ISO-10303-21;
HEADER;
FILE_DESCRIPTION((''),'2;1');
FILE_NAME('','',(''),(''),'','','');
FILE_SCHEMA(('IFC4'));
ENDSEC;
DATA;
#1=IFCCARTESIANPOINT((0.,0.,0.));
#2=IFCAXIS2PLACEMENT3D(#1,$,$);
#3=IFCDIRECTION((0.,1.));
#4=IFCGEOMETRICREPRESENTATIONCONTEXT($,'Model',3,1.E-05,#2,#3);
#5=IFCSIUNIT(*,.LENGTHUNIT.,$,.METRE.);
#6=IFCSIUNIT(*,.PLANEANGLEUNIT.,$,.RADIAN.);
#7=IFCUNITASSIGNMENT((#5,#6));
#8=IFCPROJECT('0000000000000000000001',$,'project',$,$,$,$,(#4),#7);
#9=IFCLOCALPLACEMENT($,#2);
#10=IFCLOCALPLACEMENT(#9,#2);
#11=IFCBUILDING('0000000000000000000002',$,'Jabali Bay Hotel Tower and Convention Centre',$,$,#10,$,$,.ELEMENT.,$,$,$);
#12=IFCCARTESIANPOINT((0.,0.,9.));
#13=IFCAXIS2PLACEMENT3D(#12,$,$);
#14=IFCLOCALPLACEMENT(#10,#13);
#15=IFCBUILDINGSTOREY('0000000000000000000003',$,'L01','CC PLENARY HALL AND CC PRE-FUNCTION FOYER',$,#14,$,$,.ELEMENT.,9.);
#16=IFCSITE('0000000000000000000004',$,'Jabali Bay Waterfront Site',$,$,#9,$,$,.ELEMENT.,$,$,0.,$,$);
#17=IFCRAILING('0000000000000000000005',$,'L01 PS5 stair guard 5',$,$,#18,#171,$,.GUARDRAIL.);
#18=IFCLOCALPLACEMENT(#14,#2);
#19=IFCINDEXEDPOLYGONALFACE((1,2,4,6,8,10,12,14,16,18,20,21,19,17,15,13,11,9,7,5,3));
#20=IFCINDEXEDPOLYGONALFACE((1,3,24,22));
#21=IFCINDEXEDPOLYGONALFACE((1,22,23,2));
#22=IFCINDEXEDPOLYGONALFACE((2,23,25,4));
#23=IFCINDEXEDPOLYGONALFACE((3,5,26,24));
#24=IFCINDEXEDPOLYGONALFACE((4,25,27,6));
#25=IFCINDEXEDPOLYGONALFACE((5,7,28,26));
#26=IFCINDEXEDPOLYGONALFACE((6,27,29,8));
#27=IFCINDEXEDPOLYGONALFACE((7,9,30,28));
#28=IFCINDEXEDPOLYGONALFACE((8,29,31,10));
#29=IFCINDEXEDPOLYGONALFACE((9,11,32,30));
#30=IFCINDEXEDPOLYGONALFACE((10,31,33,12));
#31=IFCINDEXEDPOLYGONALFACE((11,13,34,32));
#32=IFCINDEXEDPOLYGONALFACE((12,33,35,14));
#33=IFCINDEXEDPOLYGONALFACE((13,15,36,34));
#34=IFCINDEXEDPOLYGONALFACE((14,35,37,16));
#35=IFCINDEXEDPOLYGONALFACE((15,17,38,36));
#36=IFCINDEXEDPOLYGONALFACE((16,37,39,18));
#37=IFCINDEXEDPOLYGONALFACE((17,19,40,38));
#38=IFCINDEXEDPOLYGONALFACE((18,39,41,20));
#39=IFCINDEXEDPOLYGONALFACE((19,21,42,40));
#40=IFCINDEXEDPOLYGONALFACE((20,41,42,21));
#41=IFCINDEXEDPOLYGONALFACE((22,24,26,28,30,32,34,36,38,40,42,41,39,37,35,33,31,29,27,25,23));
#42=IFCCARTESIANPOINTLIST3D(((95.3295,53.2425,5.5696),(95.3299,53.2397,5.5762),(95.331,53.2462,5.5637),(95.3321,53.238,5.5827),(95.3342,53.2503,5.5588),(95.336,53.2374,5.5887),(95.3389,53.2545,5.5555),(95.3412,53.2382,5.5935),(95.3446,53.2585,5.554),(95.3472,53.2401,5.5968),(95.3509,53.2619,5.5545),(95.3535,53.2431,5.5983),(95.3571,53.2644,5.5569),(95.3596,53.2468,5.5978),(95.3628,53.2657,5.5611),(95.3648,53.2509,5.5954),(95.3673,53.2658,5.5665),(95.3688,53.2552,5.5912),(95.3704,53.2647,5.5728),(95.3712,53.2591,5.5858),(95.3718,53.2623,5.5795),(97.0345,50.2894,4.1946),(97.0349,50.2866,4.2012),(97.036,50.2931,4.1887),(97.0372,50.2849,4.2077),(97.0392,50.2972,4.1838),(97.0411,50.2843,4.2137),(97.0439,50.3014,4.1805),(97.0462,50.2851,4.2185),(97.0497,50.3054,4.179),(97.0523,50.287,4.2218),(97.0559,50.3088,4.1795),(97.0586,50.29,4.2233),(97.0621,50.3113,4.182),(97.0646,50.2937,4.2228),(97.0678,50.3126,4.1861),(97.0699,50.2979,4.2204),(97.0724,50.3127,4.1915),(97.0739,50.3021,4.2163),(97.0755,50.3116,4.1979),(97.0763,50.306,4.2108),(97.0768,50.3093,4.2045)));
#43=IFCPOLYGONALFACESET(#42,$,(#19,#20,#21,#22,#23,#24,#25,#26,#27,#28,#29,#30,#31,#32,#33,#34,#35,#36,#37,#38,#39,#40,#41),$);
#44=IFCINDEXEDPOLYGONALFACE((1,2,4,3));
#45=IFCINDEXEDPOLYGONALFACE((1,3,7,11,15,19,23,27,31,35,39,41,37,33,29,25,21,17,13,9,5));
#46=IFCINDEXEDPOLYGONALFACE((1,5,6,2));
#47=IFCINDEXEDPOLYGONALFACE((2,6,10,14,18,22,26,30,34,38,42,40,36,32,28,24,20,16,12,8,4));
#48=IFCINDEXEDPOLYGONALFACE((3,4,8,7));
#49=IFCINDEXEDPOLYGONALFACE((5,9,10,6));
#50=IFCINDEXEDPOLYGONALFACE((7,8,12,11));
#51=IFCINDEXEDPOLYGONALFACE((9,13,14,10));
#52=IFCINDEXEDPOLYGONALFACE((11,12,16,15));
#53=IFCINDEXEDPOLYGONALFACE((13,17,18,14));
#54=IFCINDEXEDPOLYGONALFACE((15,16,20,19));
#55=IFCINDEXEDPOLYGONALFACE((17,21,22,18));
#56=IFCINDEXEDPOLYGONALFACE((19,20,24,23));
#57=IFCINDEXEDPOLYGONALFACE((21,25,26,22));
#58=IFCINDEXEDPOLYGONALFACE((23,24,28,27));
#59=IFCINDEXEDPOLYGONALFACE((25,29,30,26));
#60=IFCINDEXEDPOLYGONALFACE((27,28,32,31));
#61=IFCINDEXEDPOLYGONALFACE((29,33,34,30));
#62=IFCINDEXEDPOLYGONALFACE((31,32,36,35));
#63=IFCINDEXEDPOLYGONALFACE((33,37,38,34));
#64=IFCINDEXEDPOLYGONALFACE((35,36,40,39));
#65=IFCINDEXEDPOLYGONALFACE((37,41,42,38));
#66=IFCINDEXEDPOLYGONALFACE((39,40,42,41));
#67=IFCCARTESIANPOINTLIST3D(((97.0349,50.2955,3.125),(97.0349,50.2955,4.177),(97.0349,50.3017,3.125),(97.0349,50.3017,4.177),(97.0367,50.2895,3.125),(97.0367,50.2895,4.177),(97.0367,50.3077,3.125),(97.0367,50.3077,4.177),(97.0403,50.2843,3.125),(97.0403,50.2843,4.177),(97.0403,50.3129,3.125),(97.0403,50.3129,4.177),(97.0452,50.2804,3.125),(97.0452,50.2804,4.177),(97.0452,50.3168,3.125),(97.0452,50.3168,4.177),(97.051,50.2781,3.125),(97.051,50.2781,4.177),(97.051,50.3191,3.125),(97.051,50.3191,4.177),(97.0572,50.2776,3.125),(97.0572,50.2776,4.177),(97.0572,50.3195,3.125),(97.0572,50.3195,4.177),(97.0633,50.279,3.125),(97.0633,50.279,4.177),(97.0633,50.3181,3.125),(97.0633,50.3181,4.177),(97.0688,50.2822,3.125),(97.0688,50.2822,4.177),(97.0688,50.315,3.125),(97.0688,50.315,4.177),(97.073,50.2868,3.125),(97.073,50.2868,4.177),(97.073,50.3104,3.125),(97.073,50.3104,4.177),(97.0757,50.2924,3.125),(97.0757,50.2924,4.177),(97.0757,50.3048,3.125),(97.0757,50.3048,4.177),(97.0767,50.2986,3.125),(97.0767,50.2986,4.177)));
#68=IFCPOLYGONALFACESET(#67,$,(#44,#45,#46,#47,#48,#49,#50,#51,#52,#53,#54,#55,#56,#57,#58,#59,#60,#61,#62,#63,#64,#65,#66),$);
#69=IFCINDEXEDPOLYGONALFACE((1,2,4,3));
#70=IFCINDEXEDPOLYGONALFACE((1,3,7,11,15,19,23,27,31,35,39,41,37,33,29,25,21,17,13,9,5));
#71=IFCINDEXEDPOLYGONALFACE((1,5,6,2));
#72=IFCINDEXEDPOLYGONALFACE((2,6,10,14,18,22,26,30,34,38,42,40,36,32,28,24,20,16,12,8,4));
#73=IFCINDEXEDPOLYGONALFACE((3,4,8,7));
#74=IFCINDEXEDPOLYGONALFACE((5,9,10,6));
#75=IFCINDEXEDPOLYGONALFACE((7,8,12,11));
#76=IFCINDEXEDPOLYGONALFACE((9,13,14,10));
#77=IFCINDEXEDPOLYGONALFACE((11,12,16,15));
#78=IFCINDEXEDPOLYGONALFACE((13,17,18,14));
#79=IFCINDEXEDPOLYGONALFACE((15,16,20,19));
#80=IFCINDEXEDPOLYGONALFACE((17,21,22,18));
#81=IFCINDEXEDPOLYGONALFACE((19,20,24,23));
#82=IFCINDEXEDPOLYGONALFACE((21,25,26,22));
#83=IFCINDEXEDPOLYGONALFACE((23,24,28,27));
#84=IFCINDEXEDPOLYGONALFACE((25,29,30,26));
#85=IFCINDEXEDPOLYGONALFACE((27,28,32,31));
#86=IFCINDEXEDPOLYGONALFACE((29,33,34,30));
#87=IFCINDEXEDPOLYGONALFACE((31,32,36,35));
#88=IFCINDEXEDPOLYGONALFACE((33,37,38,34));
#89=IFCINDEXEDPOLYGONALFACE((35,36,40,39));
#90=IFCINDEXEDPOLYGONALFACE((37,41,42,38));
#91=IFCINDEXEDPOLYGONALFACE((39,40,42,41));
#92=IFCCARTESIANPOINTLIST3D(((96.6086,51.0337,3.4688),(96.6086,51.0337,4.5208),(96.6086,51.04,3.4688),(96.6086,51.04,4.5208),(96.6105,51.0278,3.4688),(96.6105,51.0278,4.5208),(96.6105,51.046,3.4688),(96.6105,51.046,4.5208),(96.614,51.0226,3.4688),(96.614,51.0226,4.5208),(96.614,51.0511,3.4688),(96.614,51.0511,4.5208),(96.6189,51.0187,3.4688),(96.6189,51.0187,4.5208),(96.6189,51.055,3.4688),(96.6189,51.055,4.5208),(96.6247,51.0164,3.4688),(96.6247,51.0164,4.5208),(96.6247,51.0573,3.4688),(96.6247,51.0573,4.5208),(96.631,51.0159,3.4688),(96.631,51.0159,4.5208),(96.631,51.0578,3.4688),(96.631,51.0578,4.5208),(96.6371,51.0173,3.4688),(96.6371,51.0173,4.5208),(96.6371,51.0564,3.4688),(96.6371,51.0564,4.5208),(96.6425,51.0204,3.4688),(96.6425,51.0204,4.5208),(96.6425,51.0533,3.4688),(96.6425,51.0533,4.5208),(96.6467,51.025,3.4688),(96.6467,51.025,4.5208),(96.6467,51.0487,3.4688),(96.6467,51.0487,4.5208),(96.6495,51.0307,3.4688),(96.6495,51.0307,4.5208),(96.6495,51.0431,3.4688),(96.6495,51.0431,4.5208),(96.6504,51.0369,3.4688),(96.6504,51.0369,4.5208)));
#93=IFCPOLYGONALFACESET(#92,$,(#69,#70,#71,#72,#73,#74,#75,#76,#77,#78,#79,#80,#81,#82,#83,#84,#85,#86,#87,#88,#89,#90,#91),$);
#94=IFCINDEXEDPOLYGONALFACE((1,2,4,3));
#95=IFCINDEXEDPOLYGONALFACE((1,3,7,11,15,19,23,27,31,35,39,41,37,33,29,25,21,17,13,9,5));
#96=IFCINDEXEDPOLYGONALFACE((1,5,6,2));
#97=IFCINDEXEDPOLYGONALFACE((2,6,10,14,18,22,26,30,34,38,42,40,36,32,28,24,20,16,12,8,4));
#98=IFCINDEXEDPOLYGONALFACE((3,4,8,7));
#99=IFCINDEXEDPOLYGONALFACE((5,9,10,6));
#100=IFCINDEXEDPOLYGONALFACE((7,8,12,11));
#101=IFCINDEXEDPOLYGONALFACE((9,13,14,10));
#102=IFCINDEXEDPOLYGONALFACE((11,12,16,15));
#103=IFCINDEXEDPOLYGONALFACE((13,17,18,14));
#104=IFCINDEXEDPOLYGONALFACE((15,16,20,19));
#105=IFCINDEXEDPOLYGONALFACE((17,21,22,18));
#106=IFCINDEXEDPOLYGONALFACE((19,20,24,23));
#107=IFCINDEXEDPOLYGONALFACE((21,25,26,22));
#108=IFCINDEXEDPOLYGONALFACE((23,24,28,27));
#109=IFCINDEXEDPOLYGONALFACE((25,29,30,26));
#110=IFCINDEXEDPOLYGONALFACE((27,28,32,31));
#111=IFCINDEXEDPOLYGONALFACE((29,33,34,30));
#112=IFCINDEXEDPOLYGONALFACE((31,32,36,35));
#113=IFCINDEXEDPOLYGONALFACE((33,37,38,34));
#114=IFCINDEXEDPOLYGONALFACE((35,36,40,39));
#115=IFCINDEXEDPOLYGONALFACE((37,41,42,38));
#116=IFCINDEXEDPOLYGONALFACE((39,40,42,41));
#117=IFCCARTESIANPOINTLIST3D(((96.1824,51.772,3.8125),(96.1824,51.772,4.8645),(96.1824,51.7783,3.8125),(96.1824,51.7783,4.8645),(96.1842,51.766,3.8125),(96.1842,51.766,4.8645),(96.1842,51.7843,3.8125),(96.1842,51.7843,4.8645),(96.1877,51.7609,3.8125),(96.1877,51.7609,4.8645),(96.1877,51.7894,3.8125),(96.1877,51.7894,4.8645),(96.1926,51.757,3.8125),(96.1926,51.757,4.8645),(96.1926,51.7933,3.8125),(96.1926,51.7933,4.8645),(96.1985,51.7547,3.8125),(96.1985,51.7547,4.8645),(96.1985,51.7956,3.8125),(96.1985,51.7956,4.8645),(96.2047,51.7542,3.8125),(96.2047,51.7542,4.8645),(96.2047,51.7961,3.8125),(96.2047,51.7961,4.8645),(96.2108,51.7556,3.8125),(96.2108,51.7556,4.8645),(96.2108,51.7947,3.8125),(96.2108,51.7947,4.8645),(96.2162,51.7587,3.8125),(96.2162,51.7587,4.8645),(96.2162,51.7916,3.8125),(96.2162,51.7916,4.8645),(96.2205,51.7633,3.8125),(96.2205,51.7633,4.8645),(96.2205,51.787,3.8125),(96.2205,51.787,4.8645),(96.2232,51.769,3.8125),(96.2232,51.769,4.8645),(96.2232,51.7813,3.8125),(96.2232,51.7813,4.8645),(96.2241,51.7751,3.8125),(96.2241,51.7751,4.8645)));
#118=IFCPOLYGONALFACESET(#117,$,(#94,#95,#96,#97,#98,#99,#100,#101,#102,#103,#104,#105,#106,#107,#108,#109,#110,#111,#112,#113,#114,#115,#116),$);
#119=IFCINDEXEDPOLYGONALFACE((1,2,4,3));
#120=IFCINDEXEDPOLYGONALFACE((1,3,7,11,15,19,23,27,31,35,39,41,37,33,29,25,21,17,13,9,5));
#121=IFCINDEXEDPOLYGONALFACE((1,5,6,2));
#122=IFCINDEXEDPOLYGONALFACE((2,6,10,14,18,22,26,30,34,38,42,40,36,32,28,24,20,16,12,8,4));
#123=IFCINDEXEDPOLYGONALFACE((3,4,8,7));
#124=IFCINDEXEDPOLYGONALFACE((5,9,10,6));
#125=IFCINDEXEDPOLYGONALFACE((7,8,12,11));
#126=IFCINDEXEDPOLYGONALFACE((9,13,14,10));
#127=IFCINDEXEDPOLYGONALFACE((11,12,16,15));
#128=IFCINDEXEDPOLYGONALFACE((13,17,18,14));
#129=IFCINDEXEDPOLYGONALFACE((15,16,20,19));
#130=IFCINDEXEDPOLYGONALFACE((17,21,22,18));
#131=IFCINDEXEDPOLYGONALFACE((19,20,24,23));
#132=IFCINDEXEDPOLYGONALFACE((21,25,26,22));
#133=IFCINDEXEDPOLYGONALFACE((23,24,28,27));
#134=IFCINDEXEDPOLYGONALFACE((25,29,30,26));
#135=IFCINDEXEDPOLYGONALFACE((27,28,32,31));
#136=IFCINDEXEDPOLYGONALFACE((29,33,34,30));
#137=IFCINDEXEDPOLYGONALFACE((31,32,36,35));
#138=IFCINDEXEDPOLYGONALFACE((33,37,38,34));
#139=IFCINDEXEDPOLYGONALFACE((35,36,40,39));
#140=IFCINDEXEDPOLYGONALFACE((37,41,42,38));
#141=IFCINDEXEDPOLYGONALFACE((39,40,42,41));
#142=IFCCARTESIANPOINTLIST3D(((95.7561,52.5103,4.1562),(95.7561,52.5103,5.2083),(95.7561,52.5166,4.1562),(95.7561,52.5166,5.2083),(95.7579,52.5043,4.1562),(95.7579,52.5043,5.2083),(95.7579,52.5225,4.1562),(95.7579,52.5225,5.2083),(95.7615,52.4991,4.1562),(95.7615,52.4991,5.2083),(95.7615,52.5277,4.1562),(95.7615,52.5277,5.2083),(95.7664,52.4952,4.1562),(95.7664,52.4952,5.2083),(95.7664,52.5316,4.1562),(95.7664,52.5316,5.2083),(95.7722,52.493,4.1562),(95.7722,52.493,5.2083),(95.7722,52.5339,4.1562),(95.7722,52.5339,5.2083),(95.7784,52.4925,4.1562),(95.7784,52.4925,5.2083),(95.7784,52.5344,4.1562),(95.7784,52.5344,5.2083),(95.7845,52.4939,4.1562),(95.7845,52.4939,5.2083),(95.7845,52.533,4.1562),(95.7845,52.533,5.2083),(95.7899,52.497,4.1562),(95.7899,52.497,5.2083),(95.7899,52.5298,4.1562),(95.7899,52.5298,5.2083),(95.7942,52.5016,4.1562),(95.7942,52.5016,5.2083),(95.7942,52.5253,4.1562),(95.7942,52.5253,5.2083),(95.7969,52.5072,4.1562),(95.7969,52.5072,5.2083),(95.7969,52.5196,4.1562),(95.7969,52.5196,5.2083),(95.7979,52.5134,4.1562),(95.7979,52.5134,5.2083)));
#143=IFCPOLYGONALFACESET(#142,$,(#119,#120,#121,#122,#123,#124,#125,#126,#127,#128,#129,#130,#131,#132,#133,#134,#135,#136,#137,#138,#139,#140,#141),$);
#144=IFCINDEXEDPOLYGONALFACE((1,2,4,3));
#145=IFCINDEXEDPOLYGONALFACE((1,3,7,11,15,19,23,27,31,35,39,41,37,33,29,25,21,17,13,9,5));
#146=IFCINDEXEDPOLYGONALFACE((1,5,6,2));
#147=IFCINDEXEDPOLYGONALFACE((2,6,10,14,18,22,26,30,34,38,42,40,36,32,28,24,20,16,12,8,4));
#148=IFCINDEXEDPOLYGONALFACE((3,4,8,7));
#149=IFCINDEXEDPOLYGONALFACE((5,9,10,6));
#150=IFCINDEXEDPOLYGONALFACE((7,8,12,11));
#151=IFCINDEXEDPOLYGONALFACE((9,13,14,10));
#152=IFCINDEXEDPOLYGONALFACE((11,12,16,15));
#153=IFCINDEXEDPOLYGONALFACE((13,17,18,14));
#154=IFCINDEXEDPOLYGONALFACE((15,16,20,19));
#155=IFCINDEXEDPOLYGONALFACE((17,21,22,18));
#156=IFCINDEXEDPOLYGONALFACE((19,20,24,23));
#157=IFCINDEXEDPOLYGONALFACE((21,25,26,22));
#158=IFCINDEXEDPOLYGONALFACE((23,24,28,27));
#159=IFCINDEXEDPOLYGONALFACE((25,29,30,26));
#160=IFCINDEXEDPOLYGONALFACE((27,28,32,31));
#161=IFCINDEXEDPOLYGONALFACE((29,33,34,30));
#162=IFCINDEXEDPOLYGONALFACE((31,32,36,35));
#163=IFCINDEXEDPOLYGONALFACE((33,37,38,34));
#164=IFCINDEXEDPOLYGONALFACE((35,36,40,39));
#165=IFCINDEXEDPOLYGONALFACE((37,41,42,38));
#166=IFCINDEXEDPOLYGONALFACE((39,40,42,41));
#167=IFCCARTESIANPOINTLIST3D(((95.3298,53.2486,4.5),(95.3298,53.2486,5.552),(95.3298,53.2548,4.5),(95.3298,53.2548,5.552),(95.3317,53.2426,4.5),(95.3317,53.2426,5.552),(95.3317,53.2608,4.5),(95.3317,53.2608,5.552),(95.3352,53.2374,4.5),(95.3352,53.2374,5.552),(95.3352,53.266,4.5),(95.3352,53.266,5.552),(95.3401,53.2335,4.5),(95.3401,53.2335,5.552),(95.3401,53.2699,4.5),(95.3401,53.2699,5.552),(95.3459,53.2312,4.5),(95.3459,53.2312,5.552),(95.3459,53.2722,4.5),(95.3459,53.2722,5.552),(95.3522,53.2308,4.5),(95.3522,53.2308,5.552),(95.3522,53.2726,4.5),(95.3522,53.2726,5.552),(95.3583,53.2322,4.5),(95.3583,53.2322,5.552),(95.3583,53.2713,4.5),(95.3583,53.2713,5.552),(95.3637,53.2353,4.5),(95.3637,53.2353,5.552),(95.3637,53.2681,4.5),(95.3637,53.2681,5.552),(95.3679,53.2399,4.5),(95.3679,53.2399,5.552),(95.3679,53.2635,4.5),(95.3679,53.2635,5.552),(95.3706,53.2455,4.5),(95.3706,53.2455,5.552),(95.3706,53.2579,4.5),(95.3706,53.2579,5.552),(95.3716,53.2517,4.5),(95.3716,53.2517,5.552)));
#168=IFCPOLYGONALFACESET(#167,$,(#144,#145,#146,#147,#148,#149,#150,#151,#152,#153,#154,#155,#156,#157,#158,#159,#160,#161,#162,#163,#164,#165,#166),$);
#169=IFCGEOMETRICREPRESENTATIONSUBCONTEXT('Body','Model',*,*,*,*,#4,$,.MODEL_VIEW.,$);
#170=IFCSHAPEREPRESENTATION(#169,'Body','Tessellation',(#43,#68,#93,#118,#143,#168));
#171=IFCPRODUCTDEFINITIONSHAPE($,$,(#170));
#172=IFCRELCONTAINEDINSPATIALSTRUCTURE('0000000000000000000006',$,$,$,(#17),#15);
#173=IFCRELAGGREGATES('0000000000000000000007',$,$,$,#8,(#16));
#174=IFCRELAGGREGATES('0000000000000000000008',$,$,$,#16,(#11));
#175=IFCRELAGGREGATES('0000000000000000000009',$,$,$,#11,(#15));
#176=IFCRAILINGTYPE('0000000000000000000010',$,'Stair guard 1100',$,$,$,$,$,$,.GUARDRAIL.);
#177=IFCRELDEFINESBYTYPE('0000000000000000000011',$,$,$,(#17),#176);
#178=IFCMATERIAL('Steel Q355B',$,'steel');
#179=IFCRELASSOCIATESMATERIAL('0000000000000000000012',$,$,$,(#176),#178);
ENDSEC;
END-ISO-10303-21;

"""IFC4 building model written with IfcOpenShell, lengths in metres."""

from ifc_helpers import new_model, si_unit, direction, frame, origin, origin_2d, place, context, subcontext, project, spatial, circle, extrude, material, type_object, element, save


model = new_model("IFC4")

# Units and contexts
model_context = context("Model", 3, precision=1e-05, world=origin(), true_north=direction((0.0, 1.0)))
body_context = subcontext(model_context, "Body", "Model", "MODEL_VIEW")
ifc_project = project(units=[si_unit("LENGTHUNIT", "METRE"), si_unit("PLANEANGLEUNIT", "RADIAN")], contexts=[model_context])

# Site, building, storey
site_placement = place(None, origin())
site = spatial("IfcSite", under=ifc_project, at=site_placement, Name="Jabali Bay Waterfront Site", CompositionType="ELEMENT", RefElevation=0.0)
building_placement = place(site_placement, origin())
building = spatial("IfcBuilding", under=site, at=building_placement, Name="Jabali Bay Hotel Tower and Convention Centre", CompositionType="ELEMENT")
storey_placement = place(building_placement, frame((0.0, 0.0, 9.0)))
storey = spatial("IfcBuildingStorey", under=building, at=storey_placement, Name="L01", Description="CC PLENARY HALL AND CC PRE-FUNCTION FOYER", CompositionType="ELEMENT", Elevation=9.0)

# Railing
ifc_material_1 = material(Name="Steel Q355B", Category="steel")
railing_type_1 = type_object("IfcRailingType", Name="Stair guard 1100", PredefinedType="GUARDRAIL", material=ifc_material_1)
railing_1_placement = place(storey_placement, frame((97.0557, 50.2986, 3.125)))
element("IfcRailing", 1, at=railing_1_placement, inside=storey, type_object=railing_type_1, Name="L01 PS5 stair guard 5", PredefinedType="GUARDRAIL", context=body_context, shape_type="SweptSolid", body=[
    extrude(circle(Radius=0.0239, at=origin_2d()), frame((0.0, 0.0, 1.0762), z_axis=(-0.46374, 0.803178, 0.373966), x_axis=(-0.866014, -0.50002, 0.0)), (0.0, 0.0, 1.0), 3.6768),
    extrude(circle(Radius=0.021, at=origin_2d()), origin(), (0.0, 0.0, 1.0), 1.052),
    extrude(circle(Radius=0.021, at=origin_2d()), frame((-0.4263, 0.7383, 0.3438)), (0.0, 0.0, 1.0), 1.052),
    extrude(circle(Radius=0.021, at=origin_2d()), frame((-0.8525, 1.4766, 0.6875)), (0.0, 0.0, 1.0), 1.052),
    extrude(circle(Radius=0.021, at=origin_2d()), frame((-1.2788, 2.2148, 1.0312)), (0.0, 0.0, 1.0), 1.052),
    extrude(circle(Radius=0.021, at=origin_2d()), frame((-1.7051, 2.9531, 1.375)), (0.0, 0.0, 1.0), 1.052),
])

save(model, "model.ifc")
